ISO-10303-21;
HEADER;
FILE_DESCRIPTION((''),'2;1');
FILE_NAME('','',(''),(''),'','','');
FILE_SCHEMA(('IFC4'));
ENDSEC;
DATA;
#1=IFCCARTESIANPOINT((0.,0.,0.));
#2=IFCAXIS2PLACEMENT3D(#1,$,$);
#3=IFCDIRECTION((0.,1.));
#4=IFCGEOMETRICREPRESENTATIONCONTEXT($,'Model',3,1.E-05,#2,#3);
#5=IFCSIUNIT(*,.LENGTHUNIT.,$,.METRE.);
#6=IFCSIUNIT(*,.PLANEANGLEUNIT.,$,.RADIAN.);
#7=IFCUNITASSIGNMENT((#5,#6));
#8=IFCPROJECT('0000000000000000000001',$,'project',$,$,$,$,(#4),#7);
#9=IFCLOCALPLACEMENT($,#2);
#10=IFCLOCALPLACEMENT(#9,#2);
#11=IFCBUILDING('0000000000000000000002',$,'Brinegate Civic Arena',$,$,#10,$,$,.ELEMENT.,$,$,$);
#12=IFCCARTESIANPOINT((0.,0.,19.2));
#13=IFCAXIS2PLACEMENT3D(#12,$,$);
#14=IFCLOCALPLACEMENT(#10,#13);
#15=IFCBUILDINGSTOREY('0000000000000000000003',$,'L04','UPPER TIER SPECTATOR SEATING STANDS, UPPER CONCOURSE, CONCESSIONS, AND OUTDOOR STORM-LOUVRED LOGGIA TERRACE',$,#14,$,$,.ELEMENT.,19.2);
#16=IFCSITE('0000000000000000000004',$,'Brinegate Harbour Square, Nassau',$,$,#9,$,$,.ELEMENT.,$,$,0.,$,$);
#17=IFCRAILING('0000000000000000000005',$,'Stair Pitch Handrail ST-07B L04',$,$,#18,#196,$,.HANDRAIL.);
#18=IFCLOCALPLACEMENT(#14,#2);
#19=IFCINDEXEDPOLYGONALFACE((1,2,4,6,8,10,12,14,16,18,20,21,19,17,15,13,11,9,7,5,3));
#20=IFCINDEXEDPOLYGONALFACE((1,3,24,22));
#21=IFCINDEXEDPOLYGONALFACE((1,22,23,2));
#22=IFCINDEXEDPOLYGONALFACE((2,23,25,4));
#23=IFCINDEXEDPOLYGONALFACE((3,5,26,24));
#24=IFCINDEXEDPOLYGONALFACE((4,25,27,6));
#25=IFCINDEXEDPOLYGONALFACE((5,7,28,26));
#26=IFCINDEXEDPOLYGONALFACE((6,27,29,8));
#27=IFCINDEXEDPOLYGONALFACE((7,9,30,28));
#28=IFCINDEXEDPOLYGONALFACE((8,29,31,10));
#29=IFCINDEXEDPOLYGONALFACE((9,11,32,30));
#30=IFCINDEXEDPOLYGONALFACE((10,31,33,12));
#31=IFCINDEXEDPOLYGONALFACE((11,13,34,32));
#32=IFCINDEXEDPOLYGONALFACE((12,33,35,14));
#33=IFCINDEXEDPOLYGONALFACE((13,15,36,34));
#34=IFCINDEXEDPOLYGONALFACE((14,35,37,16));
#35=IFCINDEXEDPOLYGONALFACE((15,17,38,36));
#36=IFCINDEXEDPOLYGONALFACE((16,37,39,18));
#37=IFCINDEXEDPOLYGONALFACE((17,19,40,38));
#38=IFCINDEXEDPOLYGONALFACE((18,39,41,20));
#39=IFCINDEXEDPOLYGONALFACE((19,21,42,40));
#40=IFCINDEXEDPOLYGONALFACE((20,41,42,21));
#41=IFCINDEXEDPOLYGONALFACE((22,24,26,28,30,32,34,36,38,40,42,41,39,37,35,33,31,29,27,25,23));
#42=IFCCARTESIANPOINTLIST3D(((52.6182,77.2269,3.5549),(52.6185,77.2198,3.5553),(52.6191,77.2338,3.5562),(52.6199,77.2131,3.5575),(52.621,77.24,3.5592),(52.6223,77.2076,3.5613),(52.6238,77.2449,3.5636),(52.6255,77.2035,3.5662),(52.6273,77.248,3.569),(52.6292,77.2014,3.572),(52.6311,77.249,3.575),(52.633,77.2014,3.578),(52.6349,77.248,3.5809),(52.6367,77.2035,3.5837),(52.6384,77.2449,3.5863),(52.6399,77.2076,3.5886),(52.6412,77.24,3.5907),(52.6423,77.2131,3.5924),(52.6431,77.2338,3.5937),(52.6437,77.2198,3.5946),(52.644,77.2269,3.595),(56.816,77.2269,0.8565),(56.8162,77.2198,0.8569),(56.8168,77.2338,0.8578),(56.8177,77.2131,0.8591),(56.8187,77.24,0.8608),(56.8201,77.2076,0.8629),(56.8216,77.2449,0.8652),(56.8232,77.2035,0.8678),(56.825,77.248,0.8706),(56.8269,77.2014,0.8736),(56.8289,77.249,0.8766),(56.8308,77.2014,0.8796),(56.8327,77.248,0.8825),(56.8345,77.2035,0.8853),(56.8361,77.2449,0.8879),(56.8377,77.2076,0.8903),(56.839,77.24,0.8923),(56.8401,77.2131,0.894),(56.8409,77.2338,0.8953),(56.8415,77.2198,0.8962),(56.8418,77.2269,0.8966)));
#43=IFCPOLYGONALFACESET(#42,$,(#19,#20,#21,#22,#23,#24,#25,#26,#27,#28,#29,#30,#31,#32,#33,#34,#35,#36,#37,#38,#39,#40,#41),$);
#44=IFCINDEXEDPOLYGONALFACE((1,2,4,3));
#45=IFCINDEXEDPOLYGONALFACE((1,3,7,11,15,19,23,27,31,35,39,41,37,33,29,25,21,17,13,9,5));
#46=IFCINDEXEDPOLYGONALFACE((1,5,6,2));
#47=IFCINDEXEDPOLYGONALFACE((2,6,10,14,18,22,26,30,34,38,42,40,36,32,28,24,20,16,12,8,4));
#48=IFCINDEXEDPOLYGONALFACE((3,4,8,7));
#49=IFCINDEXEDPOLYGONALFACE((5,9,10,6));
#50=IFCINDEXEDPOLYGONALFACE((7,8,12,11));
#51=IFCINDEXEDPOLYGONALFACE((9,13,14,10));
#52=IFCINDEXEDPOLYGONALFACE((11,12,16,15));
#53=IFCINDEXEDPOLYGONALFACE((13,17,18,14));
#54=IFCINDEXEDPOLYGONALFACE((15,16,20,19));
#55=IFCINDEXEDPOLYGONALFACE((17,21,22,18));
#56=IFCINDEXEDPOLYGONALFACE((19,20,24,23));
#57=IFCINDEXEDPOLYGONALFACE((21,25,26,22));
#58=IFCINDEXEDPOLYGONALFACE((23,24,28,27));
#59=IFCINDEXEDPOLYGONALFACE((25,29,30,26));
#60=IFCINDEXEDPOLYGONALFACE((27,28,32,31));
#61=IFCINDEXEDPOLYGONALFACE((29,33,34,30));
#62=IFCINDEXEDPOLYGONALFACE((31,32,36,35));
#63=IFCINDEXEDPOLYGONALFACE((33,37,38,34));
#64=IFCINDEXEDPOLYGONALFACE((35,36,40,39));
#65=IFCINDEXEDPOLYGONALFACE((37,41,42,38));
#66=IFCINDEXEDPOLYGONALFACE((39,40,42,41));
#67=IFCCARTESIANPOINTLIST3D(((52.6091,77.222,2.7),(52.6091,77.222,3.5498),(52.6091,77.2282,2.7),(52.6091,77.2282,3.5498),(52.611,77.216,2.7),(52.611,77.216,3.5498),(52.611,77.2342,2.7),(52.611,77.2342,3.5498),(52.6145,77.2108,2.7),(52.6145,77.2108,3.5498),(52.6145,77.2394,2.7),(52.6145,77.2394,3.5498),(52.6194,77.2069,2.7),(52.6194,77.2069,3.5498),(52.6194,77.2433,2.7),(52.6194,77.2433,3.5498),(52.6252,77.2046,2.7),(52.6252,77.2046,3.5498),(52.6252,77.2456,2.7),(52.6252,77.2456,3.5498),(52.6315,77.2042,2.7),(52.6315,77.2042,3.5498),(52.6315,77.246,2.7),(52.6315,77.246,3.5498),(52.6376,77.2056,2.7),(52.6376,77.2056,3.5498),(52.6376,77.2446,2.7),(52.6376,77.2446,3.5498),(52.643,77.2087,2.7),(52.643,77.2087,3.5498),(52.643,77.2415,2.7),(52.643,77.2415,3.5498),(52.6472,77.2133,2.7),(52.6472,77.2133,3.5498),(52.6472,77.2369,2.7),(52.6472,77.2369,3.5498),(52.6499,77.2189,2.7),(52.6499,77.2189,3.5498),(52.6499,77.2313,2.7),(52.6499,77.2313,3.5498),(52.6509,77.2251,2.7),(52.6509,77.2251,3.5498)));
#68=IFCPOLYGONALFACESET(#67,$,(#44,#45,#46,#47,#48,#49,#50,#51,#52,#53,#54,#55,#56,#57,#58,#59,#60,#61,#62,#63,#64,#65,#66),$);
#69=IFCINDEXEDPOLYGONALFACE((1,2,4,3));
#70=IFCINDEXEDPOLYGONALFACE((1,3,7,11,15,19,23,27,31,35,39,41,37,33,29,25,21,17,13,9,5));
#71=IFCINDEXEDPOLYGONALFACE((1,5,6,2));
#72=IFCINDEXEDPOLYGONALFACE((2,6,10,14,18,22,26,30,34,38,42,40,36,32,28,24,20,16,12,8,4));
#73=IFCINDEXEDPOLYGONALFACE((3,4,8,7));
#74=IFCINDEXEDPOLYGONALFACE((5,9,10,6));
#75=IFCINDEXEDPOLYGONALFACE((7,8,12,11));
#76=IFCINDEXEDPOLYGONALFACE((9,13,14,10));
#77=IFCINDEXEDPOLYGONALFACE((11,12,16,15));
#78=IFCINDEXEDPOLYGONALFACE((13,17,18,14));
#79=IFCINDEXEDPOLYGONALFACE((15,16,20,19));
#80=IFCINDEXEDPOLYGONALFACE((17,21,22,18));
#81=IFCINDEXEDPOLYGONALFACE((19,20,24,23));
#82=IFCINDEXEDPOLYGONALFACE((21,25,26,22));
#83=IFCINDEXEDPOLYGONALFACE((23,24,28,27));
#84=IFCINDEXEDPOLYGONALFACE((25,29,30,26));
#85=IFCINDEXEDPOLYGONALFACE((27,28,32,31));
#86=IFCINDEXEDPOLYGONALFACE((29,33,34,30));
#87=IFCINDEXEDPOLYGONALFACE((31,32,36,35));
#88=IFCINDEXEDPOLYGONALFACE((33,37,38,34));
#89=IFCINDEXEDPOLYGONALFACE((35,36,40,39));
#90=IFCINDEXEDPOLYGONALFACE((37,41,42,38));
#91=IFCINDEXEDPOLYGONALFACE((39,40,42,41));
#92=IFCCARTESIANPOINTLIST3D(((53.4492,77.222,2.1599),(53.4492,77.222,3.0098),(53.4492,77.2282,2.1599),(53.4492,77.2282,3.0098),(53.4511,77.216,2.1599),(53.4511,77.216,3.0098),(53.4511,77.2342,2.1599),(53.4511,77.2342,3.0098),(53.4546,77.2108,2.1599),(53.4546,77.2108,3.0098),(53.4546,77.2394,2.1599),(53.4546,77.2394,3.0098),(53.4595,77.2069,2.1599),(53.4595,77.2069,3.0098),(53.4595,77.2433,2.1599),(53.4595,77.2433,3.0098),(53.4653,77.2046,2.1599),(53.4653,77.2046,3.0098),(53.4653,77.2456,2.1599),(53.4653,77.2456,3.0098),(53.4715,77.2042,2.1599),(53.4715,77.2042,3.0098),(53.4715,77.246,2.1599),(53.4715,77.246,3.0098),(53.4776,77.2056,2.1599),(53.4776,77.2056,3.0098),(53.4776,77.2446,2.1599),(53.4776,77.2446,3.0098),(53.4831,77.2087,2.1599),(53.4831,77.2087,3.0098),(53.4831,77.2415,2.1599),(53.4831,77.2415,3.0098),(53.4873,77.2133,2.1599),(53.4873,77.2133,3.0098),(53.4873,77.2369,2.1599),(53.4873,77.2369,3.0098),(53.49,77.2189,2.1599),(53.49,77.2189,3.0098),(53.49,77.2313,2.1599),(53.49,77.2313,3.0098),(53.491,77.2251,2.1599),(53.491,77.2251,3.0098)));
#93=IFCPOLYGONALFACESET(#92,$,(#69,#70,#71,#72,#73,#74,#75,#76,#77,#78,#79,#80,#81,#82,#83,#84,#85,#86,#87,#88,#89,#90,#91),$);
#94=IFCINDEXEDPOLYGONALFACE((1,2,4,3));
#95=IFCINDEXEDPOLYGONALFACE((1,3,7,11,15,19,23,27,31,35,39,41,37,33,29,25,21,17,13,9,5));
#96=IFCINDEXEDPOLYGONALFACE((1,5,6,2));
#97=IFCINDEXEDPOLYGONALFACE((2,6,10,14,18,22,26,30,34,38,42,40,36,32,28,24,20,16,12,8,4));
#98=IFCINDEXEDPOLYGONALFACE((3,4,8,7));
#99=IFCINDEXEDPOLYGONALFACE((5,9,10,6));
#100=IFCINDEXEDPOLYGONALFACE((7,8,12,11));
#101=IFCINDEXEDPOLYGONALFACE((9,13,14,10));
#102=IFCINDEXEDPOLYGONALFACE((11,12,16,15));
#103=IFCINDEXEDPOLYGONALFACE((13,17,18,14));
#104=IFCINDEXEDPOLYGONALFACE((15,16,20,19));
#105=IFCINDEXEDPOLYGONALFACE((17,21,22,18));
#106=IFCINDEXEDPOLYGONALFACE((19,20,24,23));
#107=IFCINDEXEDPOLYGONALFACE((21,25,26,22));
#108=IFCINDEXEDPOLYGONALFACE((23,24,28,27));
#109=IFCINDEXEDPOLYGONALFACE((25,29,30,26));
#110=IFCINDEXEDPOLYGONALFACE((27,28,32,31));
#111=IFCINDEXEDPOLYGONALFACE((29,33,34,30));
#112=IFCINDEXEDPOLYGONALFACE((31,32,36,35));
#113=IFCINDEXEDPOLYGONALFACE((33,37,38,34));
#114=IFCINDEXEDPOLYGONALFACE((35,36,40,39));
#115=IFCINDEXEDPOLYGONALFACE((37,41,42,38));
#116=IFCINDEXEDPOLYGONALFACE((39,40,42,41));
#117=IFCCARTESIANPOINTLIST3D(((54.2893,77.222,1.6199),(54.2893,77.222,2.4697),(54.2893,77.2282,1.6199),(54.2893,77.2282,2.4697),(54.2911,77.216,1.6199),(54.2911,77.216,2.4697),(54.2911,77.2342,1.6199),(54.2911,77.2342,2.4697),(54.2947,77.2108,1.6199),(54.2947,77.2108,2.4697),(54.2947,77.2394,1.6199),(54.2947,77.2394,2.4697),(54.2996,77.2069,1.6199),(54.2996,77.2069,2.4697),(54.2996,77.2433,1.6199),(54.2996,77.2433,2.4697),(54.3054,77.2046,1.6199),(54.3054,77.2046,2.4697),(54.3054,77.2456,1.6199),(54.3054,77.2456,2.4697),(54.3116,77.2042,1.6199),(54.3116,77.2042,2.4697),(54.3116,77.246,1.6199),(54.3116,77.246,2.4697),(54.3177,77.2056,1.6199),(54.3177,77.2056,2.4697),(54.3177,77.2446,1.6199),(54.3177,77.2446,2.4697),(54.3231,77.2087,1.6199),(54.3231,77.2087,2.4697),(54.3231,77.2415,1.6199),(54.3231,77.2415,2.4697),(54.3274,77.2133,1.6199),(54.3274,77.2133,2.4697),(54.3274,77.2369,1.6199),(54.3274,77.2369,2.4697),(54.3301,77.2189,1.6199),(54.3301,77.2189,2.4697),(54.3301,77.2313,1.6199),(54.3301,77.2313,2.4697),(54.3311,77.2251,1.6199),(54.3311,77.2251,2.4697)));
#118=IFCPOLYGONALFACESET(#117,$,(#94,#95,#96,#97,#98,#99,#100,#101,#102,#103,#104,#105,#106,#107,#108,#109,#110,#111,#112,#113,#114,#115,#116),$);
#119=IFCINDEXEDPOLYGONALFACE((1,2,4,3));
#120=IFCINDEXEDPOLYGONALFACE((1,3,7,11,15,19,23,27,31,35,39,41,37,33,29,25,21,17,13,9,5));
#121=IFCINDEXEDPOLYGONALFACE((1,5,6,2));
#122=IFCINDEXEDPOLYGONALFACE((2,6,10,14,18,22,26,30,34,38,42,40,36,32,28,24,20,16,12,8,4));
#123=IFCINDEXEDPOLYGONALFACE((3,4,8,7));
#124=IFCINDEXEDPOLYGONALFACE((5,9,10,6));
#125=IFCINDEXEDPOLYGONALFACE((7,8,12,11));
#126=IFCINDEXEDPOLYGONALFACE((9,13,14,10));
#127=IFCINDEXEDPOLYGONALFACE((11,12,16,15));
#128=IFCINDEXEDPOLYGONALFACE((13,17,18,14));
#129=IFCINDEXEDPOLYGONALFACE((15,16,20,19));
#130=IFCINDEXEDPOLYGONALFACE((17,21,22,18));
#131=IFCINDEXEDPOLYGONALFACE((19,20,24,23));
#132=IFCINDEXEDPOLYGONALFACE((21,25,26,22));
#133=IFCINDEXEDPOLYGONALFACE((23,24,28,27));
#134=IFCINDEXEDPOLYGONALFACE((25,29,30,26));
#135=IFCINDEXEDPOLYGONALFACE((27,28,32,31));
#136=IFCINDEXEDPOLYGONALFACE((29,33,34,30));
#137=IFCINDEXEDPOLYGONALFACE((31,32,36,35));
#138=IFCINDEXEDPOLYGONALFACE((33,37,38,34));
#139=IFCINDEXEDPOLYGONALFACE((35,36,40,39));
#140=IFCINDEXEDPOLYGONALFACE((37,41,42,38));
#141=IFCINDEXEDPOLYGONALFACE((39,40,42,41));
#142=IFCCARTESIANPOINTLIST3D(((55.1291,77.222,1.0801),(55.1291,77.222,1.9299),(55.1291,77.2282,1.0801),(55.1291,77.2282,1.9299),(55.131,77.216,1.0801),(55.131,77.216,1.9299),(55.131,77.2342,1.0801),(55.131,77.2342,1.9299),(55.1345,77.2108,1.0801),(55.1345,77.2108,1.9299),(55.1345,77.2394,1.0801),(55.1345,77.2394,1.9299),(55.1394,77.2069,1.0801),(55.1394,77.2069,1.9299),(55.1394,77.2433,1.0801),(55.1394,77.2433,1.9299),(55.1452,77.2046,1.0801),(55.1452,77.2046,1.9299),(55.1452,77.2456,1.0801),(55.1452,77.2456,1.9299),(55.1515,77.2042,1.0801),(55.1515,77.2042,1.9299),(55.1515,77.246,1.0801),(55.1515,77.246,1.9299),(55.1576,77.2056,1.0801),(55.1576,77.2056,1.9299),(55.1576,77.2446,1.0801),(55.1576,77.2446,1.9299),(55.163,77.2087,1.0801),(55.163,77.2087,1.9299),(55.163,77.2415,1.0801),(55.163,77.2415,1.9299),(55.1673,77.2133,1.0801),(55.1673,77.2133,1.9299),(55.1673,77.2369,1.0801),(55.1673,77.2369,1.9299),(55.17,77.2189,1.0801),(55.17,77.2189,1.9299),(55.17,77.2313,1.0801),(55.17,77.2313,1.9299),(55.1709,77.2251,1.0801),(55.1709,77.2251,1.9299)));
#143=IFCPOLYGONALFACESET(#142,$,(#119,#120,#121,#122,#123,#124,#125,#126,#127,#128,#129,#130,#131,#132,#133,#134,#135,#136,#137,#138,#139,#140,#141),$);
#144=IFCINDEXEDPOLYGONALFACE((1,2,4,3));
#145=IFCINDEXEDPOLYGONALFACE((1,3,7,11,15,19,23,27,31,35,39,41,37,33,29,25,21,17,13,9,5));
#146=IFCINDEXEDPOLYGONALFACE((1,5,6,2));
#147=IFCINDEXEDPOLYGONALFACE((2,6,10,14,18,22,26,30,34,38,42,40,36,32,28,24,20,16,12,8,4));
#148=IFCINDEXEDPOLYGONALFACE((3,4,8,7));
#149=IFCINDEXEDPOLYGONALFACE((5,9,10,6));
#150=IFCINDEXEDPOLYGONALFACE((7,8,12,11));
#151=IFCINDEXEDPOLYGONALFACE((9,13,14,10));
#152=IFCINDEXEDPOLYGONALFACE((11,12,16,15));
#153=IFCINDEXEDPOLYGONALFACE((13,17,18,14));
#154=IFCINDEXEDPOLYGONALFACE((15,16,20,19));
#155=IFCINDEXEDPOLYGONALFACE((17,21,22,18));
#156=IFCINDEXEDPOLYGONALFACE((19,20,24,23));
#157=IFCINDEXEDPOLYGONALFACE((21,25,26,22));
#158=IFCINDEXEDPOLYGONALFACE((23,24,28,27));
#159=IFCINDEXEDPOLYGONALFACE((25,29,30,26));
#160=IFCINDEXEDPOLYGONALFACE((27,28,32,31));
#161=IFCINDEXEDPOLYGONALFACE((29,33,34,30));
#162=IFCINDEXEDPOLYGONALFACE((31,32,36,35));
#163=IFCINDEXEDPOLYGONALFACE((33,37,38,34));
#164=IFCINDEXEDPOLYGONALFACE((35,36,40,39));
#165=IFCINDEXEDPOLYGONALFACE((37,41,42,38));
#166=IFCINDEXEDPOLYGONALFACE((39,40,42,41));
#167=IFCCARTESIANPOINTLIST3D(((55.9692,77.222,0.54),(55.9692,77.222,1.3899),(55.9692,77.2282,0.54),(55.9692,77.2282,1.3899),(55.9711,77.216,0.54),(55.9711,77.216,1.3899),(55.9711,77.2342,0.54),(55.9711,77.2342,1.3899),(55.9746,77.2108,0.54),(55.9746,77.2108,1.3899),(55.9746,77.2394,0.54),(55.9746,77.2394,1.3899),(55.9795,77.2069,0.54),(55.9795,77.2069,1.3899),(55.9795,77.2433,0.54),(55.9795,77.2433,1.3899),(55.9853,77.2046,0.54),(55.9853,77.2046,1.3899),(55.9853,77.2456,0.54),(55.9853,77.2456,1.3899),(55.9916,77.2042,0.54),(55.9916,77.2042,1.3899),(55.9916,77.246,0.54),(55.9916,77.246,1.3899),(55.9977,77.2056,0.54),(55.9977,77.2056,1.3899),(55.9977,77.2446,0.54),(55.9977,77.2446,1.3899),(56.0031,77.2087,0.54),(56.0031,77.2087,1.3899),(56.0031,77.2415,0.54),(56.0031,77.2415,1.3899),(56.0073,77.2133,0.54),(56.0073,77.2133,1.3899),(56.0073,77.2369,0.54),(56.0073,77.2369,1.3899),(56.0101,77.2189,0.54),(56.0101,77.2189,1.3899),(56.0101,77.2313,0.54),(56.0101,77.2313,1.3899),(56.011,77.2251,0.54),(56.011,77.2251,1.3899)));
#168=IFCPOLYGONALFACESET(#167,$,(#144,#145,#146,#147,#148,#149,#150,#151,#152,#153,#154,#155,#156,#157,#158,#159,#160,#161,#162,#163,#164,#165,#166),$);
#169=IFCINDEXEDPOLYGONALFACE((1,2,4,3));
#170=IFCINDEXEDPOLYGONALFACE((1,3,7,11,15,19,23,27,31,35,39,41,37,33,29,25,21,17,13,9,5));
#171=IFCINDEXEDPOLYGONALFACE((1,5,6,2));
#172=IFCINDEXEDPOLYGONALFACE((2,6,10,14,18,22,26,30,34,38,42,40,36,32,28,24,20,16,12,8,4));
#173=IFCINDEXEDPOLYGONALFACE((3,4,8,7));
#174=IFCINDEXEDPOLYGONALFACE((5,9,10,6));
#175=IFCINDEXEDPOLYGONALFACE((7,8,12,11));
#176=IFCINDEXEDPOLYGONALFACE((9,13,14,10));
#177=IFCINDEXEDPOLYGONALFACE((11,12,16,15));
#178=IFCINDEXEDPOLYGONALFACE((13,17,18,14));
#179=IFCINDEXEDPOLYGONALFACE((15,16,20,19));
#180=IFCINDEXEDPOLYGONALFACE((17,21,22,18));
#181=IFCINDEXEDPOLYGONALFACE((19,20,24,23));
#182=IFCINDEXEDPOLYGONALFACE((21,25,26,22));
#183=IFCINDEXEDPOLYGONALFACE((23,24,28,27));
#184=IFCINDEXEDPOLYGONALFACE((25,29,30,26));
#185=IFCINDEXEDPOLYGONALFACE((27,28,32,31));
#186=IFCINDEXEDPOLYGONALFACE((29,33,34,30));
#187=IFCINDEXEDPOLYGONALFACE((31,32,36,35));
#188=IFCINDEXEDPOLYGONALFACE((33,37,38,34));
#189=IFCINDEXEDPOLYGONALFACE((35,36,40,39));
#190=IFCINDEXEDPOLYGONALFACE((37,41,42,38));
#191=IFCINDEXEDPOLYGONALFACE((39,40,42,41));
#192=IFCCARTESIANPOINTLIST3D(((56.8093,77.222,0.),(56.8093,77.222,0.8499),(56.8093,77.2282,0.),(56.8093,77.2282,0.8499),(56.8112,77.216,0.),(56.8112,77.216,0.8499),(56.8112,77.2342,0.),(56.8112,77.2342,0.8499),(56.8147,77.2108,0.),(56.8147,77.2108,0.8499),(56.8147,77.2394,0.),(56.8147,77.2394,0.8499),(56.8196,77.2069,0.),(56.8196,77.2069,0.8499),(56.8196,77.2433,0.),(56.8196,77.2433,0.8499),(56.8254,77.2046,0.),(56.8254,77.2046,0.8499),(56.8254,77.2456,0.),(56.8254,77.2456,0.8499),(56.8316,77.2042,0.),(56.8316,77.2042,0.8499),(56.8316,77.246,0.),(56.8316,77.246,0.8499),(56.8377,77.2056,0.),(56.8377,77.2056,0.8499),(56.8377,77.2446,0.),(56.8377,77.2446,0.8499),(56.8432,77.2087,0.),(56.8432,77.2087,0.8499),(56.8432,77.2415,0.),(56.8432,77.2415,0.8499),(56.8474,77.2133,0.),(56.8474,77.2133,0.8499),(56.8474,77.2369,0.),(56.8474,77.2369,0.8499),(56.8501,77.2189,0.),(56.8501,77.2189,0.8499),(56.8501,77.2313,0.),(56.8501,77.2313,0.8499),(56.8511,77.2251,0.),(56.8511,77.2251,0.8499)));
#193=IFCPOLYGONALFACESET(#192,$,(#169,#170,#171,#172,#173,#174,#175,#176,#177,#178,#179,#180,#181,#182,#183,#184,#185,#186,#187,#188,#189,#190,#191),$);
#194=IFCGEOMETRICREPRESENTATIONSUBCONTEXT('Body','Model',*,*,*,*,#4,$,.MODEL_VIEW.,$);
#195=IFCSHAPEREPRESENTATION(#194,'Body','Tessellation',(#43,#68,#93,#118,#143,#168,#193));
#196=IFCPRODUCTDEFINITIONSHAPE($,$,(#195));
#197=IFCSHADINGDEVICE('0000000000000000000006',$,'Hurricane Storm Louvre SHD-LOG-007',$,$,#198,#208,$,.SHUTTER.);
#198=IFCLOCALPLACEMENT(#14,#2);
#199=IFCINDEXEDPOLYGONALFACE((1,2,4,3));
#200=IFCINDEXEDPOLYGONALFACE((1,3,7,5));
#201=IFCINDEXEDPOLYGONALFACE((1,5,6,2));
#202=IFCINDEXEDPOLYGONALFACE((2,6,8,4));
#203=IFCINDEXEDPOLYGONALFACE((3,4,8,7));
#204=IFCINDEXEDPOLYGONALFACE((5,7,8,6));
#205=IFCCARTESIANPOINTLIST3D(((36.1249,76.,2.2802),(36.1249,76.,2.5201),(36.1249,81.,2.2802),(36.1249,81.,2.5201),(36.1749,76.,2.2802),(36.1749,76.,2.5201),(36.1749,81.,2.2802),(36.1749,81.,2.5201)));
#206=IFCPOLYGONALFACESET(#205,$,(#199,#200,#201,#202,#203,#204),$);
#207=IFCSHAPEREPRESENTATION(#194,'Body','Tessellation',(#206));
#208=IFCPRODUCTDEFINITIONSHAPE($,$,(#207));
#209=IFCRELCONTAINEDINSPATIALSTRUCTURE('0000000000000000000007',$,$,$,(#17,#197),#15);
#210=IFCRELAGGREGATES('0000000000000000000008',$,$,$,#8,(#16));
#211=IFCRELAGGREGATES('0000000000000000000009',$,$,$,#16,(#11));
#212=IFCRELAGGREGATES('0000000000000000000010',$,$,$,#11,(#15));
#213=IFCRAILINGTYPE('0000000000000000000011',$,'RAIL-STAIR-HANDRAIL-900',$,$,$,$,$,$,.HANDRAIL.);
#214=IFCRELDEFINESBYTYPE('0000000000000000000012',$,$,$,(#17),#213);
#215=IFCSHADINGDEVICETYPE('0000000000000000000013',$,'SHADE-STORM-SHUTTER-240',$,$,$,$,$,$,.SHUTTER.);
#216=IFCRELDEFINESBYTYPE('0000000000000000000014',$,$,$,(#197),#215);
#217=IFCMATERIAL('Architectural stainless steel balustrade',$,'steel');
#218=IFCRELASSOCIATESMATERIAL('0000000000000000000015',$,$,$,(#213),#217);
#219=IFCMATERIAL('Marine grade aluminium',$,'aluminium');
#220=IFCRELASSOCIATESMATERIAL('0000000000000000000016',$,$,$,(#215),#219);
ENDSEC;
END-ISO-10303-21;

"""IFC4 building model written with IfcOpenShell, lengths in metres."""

from ifc_helpers import new_model, si_unit, direction, frame, origin, origin_2d, place, context, subcontext, project, spatial, rectangle, circle, extrude, material, material_profile, profile_set, type_object, element, save


model = new_model("IFC4")

# Units and contexts
model_context = context("Model", 3, precision=1e-05, world=origin(), true_north=direction((0.0, 1.0)))
body_context = subcontext(model_context, "Body", "Model", "MODEL_VIEW")
ifc_project = project(units=[si_unit("LENGTHUNIT", "METRE"), si_unit("PLANEANGLEUNIT", "RADIAN")], contexts=[model_context])

# Site, building, storey
site_placement = place(None, origin())
site = spatial("IfcSite", under=ifc_project, at=site_placement, Name="Brinegate Harbour Square, Nassau", CompositionType="ELEMENT", RefElevation=0.0)
building_placement = place(site_placement, origin())
building = spatial("IfcBuilding", under=site, at=building_placement, Name="Brinegate Civic Arena", CompositionType="ELEMENT")
storey_placement = place(building_placement, frame((0.0, 0.0, 19.2)))
storey = spatial("IfcBuildingStorey", under=building, at=storey_placement, Name="L04", Description="UPPER TIER SPECTATOR SEATING STANDS, UPPER CONCOURSE, CONCESSIONS, AND OUTDOOR STORM-LOUVRED LOGGIA TERRACE", CompositionType="ELEMENT", Elevation=19.2)

# Shared definitions
ifc_material_1 = material(Name="Architectural stainless steel balustrade", Category="steel")

# Shared definitions
ifc_material_2 = material(Name="Marine grade aluminium", Category="aluminium")

# Railing
railing_type = type_object("IfcRailingType", Name="RAIL-STAIR-HANDRAIL-900", PredefinedType="HANDRAIL", material=ifc_material_1)
railing_placement = place(storey_placement, frame((52.6299, 77.2251, 2.7)))
element("IfcRailing", 1, at=railing_placement, inside=storey, type_object=railing_type, Name="Stair Pitch Handrail ST-07B L04", PredefinedType="HANDRAIL", context=body_context, shape_type="SweptSolid", body=[
    extrude(circle(Radius=0.0239, at=origin_2d()), frame((0.0012, 0.0, 0.875), z_axis=(0.841194, 0.0, -0.540733), x_axis=(0.0, 1.0, 0.0)), (0.0, 0.0, 1.0), 4.9902),
    extrude(circle(Radius=0.021, at=origin_2d()), origin(), (0.0, 0.0, 1.0), 0.8499),
    extrude(circle(Radius=0.021, at=origin_2d()), frame((0.8401, 0.0, -0.54)), (0.0, 0.0, 1.0), 0.8499),
    extrude(circle(Radius=0.021, at=origin_2d()), frame((1.6802, 0.0, -1.0801)), (0.0, 0.0, 1.0), 0.8499),
    extrude(circle(Radius=0.021, at=origin_2d()), frame((2.52, 0.0, -1.6199)), (0.0, 0.0, 1.0), 0.8499),
    extrude(circle(Radius=0.021, at=origin_2d()), frame((3.3601, 0.0, -2.1599)), (0.0, 0.0, 1.0), 0.8499),
    extrude(circle(Radius=0.021, at=origin_2d()), frame((4.2002, 0.0, -2.7)), (0.0, 0.0, 1.0), 0.8499),
])

# Shading device
ifc_material_profile_1 = material_profile(ifc_material_2, rectangle(XDim=0.05, YDim=0.24, at=origin_2d()), Name="LVR50X240")
ifc_profile_set_1 = profile_set([ifc_material_profile_1], Name="Marine grade aluminium")
shading_device_type_1 = type_object("IfcShadingDeviceType", Name="SHADE-STORM-SHUTTER-240", PredefinedType="SHUTTER", material=ifc_profile_set_1)
shading_device_1_placement = place(storey_placement, frame((36.1499, 76.0, 2.4001), z_axis=(0.0, 1.0, 0.0), x_axis=(-1.0, 0.0, 0.0)))
element("IfcShadingDevice", 2, at=shading_device_1_placement, inside=storey, type_object=shading_device_type_1, Name="Hurricane Storm Louvre SHD-LOG-007", PredefinedType="SHUTTER", context=body_context, shape_type="SweptSolid", body=[
    extrude(rectangle(XDim=0.05, YDim=0.24, at=origin_2d()), origin(), (0.0, 0.0, 1.0), 5.0),
])

save(model, "model.ifc")
